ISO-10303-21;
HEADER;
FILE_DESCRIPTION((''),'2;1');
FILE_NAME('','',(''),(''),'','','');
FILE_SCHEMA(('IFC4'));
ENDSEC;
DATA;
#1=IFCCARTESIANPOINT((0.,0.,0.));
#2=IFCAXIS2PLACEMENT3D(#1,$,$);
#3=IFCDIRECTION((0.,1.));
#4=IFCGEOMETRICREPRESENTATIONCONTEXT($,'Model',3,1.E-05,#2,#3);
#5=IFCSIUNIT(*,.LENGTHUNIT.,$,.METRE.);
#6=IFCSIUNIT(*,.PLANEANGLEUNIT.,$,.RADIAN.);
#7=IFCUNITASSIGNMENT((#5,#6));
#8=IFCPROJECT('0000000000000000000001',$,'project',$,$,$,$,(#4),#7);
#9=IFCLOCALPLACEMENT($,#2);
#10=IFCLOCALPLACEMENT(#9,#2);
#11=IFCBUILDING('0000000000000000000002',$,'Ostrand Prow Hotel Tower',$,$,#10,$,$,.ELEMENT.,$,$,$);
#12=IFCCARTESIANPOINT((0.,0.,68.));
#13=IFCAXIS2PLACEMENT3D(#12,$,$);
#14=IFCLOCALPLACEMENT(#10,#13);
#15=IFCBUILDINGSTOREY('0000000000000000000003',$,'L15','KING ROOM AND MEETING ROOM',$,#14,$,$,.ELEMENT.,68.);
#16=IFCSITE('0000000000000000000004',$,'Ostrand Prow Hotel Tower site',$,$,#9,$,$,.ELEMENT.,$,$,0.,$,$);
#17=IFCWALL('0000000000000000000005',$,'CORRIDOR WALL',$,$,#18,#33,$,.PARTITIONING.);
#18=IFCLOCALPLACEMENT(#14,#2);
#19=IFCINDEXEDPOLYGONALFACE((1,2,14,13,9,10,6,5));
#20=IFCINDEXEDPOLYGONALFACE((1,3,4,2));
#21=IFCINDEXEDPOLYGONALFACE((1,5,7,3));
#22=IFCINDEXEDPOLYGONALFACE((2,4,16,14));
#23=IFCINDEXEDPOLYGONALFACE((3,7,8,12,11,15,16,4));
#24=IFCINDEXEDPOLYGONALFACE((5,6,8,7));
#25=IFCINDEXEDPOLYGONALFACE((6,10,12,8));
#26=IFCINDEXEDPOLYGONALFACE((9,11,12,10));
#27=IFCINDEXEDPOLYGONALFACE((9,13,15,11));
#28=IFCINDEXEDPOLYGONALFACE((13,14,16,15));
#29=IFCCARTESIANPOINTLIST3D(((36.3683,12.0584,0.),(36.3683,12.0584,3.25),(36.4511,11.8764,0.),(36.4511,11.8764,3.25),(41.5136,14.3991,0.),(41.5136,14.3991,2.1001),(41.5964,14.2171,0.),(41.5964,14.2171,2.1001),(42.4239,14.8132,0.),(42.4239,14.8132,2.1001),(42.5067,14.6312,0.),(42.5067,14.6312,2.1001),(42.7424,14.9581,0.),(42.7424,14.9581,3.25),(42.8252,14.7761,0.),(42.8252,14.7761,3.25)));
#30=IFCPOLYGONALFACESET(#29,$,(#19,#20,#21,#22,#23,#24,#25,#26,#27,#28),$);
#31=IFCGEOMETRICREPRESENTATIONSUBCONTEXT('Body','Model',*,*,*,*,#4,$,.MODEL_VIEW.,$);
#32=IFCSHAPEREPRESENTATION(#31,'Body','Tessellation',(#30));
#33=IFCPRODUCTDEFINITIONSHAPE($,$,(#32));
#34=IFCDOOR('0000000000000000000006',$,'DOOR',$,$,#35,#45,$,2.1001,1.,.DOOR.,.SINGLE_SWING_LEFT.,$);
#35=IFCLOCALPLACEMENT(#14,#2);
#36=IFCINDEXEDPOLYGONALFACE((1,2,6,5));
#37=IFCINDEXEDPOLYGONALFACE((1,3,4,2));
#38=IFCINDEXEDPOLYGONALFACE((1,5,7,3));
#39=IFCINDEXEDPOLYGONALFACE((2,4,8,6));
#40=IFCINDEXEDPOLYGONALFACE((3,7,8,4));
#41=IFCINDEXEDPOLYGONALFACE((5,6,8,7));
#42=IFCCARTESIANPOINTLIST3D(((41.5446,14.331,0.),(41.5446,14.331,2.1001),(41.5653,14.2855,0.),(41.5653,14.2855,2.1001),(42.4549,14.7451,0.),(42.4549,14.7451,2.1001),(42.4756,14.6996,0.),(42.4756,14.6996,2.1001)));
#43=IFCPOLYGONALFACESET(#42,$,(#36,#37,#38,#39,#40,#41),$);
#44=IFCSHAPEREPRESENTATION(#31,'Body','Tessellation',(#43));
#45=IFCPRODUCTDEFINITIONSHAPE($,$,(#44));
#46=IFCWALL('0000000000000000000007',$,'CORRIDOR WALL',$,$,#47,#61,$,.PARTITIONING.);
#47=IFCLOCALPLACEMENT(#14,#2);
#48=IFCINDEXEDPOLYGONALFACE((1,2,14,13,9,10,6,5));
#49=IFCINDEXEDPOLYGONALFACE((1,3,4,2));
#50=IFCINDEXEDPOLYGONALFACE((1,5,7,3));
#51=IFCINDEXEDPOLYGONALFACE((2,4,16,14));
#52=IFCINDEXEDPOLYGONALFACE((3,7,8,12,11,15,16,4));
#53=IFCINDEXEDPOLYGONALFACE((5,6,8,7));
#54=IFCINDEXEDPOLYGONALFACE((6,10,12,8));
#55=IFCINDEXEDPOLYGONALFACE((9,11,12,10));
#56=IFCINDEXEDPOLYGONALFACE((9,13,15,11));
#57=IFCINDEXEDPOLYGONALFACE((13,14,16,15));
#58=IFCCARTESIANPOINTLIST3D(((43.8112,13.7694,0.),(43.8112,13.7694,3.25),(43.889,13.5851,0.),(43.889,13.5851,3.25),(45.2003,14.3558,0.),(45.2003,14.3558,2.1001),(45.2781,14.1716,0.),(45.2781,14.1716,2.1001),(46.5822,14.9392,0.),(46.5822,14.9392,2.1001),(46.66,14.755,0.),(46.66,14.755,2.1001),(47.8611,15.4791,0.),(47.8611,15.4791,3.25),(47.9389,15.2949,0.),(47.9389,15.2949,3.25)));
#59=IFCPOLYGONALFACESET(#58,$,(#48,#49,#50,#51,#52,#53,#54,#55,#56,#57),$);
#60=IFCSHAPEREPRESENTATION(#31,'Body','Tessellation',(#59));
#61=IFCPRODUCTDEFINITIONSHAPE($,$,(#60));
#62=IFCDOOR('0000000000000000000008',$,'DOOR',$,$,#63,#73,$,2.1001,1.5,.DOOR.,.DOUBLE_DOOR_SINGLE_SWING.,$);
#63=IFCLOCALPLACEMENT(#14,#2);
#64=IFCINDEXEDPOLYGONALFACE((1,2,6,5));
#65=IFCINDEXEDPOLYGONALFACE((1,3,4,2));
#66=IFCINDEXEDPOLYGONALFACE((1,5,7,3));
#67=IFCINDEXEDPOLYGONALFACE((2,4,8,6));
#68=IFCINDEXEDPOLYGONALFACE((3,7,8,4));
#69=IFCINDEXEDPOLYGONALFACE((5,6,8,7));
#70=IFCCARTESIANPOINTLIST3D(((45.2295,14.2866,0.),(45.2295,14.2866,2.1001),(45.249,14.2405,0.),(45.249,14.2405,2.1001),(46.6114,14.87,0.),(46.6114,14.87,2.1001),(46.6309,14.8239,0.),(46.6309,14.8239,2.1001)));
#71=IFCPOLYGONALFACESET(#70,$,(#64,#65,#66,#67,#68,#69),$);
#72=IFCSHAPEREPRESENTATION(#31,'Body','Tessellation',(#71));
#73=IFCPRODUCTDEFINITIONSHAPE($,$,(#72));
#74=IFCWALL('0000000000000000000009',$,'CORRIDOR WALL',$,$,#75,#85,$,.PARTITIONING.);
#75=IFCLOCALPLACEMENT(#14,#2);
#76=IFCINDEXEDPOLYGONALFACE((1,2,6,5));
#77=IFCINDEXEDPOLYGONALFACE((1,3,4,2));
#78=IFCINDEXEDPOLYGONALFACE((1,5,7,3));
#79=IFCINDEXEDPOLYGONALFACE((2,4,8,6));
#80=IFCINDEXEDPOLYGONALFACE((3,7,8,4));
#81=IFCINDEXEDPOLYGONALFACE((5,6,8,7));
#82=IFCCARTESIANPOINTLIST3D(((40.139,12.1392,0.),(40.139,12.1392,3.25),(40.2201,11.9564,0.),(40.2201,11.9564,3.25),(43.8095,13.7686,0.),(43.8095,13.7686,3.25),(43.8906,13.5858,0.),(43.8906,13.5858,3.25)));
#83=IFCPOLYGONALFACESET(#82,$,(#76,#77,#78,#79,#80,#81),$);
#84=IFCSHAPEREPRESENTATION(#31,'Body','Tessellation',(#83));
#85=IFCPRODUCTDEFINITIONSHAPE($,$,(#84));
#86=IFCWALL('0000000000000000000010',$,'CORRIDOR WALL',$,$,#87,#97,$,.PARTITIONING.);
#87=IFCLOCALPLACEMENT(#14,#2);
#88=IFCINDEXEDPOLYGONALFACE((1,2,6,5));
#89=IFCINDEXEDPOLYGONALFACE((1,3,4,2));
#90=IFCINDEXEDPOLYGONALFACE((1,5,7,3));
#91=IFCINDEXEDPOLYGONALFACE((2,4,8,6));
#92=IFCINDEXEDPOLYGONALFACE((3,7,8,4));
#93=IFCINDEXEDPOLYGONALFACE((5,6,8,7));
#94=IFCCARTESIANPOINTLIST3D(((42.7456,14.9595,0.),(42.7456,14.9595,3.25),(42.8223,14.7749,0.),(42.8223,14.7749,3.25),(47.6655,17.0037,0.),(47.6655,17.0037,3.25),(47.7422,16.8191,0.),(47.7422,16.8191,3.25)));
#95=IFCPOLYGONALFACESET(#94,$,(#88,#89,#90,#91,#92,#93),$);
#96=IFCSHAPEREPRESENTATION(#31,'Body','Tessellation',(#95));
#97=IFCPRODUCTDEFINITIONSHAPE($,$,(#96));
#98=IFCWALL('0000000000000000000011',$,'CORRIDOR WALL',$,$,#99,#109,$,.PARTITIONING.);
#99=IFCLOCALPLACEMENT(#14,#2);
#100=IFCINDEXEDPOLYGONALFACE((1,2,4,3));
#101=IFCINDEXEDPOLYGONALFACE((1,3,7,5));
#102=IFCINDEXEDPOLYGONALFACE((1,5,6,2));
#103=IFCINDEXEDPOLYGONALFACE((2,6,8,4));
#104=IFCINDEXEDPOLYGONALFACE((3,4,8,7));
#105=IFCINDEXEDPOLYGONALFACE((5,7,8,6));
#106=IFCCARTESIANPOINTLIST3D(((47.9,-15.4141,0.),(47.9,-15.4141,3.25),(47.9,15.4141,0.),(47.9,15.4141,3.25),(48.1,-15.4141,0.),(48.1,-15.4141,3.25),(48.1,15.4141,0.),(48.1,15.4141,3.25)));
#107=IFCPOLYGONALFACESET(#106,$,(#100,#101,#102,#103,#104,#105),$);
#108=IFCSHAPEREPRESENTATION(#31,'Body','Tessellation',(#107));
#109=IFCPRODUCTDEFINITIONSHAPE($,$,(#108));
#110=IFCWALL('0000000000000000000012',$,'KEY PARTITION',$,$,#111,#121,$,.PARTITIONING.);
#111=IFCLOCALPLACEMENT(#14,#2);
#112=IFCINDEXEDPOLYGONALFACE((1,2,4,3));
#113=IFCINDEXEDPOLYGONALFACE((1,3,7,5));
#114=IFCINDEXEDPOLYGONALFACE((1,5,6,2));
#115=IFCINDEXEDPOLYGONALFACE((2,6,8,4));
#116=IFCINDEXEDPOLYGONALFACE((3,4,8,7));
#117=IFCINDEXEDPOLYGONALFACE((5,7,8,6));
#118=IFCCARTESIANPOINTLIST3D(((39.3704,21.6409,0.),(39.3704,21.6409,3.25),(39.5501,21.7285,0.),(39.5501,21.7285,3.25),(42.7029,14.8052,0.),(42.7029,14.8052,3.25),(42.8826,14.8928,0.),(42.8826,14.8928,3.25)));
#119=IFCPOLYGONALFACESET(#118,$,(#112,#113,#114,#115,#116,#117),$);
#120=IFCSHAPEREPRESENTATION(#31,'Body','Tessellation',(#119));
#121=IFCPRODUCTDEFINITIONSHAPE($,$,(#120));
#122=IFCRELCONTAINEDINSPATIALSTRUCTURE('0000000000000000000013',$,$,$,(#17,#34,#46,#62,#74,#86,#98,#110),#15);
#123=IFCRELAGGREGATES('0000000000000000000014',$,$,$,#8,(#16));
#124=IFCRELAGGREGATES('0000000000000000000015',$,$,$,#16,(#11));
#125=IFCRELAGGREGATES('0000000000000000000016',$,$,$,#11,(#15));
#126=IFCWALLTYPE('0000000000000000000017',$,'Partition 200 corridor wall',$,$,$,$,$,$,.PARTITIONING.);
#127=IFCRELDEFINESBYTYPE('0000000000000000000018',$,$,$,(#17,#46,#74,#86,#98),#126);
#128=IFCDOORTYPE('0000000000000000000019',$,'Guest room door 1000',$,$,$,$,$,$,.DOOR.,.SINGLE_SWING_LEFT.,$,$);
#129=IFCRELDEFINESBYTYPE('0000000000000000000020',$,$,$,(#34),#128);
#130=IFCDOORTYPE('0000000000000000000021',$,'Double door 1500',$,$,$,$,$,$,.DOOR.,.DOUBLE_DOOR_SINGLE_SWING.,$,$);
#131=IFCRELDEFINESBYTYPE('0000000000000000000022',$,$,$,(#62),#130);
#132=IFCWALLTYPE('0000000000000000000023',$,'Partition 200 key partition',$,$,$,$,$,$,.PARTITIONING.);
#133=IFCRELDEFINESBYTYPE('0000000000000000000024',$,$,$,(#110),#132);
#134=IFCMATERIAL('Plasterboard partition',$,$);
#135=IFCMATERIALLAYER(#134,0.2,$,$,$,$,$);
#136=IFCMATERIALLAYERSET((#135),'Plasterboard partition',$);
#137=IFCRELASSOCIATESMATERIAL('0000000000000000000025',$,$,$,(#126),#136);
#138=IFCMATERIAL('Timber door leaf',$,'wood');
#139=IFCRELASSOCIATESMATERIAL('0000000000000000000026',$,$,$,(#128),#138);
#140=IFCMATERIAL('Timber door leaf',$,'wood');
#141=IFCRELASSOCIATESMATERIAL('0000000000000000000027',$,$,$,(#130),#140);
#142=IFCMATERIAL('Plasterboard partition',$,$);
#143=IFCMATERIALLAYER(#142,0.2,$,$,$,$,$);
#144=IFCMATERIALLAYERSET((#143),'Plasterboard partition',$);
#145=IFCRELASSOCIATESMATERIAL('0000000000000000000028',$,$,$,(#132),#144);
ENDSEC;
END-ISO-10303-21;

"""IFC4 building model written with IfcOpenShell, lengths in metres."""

from ifc_helpers import new_model, si_unit, direction, frame, frame_2d, origin, place, context, subcontext, project, spatial, rectangle, extrude, material, layer, layer_set, type_object, element, fill, save


model = new_model("IFC4")

# Units and contexts
model_context = context("Model", 3, precision=1e-05, world=origin(), true_north=direction((0.0, 1.0)))
body_context = subcontext(model_context, "Body", "Model", "MODEL_VIEW")
ifc_project = project(units=[si_unit("LENGTHUNIT", "METRE"), si_unit("PLANEANGLEUNIT", "RADIAN")], contexts=[model_context])

# Site, building, storey
site_placement = place(None, origin())
site = spatial("IfcSite", under=ifc_project, at=site_placement, Name="Ostrand Prow Hotel Tower site", CompositionType="ELEMENT", RefElevation=0.0)
building_placement = place(site_placement, origin())
building = spatial("IfcBuilding", under=site, at=building_placement, Name="Ostrand Prow Hotel Tower", CompositionType="ELEMENT")
storey_placement = place(building_placement, frame((0.0, 0.0, 68.0)))
storey = spatial("IfcBuildingStorey", under=building, at=storey_placement, Name="L15", Description="KING ROOM AND MEETING ROOM", CompositionType="ELEMENT", Elevation=68.0)

# Walls, openings, doors
ifc_material_1 = material(Name="Plasterboard partition")
ifc_layer_1 = layer(ifc_material_1, 0.2)
ifc_layer_set_1 = layer_set([ifc_layer_1], Name="Plasterboard partition")
wall_type_1 = type_object("IfcWallType", Name="Partition 200 corridor wall", PredefinedType="PARTITIONING", material=ifc_layer_set_1)
wall_1_placement = place(storey_placement, frame((42.7839, 14.8672, 0.0), z_axis=(0.0, 0.0, 1.0), x_axis=(-0.910239, -0.414084, 0.0)))
wall_1 = element("IfcWall", 1, at=wall_1_placement, inside=storey, type_object=wall_type_1, Name="CORRIDOR WALL", PredefinedType="PARTITIONING", context=body_context, shape_type="SweptSolid", body=[
    extrude(rectangle(XDim=7.0027, YDim=0.2, at=frame_2d((3.5015, 0.0))), origin(), (0.0, 0.0, 1.0), 3.25),
])
opening_1_placement = place(wall_1_placement, frame((0.3501, 0.0, 0.0)))
opening_1 = element("IfcOpeningElement", 2, at=opening_1_placement, cuts=wall_1, PredefinedType="OPENING", context=body_context, shape_type="SweptSolid", body=[
    extrude(rectangle(XDim=1.0, YDim=2.1001, at=frame_2d((0.5, 1.05))), frame((0.0, 0.1099, 0.0), z_axis=(0.0, -1.0, 0.0), x_axis=(1.0, 0.0, 0.0)), (0.0, 0.0, 1.0), 0.22),
])
ifc_material_2 = material(Name="Timber door leaf", Category="wood")
door_type_1 = type_object("IfcDoorType", Name="Guest room door 1000", OperationType="SINGLE_SWING_LEFT", PredefinedType="DOOR", material=ifc_material_2)
door_1_placement = place(opening_1_placement, origin())
door_1 = element("IfcDoor", 3, at=door_1_placement, inside=storey, type_object=door_type_1, Name="DOOR", OperationType="SINGLE_SWING_LEFT", OverallHeight=2.1001, OverallWidth=1.0, PredefinedType="DOOR", context=body_context, shape_type="SweptSolid", body=[
    extrude(rectangle(XDim=1.0, YDim=2.1001, at=frame_2d((0.5, 1.05))), frame((0.0, 0.0249, 0.0), z_axis=(0.0, -1.0, 0.0), x_axis=(1.0, 0.0, 0.0)), (0.0, 0.0, 1.0), 0.05),
])
fill(opening_1, door_1)
wall_2_placement = place(storey_placement, frame((43.8501, 13.6772, 0.0), z_axis=(0.0, 0.0, 1.0), x_axis=(0.921266, 0.388933, 0.0)))
wall_2 = element("IfcWall", 4, at=wall_2_placement, inside=storey, type_object=wall_type_1, Name="CORRIDOR WALL", PredefinedType="PARTITIONING", context=body_context, shape_type="SweptSolid", body=[
    extrude(rectangle(XDim=4.396, YDim=0.2, at=frame_2d((2.198, 0.0))), origin(), (0.0, 0.0, 1.0), 3.25),
])
opening_2_placement = place(wall_2_placement, frame((1.5078, 0.0, 0.0)))
opening_2 = element("IfcOpeningElement", 5, at=opening_2_placement, cuts=wall_2, PredefinedType="OPENING", context=body_context, shape_type="SweptSolid", body=[
    extrude(rectangle(XDim=1.5, YDim=2.1001, at=frame_2d((0.75, 1.05))), frame((0.0, 0.1099, 0.0), z_axis=(0.0, -1.0, 0.0), x_axis=(1.0, 0.0, 0.0)), (0.0, 0.0, 1.0), 0.22),
])
ifc_material_3 = material(Name="Timber door leaf", Category="wood")
door_type_2 = type_object("IfcDoorType", Name="Double door 1500", OperationType="DOUBLE_DOOR_SINGLE_SWING", PredefinedType="DOOR", material=ifc_material_3)
door_2_placement = place(opening_2_placement, origin())
door_2 = element("IfcDoor", 6, at=door_2_placement, inside=storey, type_object=door_type_2, Name="DOOR", OperationType="DOUBLE_DOOR_SINGLE_SWING", OverallHeight=2.1001, OverallWidth=1.5, PredefinedType="DOOR", context=body_context, shape_type="SweptSolid", body=[
    extrude(rectangle(XDim=1.5, YDim=2.1001, at=frame_2d((0.75, 1.05))), frame((0.0, 0.0249, 0.0), z_axis=(0.0, -1.0, 0.0), x_axis=(1.0, 0.0, 0.0)), (0.0, 0.0, 1.0), 0.05),
])
fill(opening_2, door_2)

# Walls
wall_3_placement = place(storey_placement, frame((40.1797, 12.0479, 0.0), z_axis=(0.0, 0.0, 1.0), x_axis=(0.913987, 0.405744, 0.0)))
element("IfcWall", 7, at=wall_3_placement, inside=storey, type_object=wall_type_1, Name="CORRIDOR WALL", PredefinedType="PARTITIONING", context=body_context, shape_type="SweptSolid", body=[
    extrude(rectangle(XDim=4.0159, YDim=0.2, at=frame_2d((2.0078, 0.0))), origin(), (0.0, 0.0, 1.0), 3.25),
])
wall_4_placement = place(storey_placement, frame((47.7039, 16.9114, 0.0), z_axis=(0.0, 0.0, 1.0), x_axis=(-0.923461, -0.383691, 0.0)))
element("IfcWall", 8, at=wall_4_placement, inside=storey, type_object=wall_type_1, Name="CORRIDOR WALL", PredefinedType="PARTITIONING", context=body_context, shape_type="SweptSolid", body=[
    extrude(rectangle(XDim=5.3276, YDim=0.2, at=frame_2d((2.6638, 0.0))), origin(), (0.0, 0.0, 1.0), 3.25),
])
wall_5_placement = place(storey_placement, frame((48.0, 15.4141, 0.0), z_axis=(0.0, 0.0, 1.0), x_axis=(0.0, -1.0, 0.0)))
element("IfcWall", 9, at=wall_5_placement, inside=storey, type_object=wall_type_1, Name="CORRIDOR WALL", PredefinedType="PARTITIONING", context=body_context, shape_type="SweptSolid", body=[
    extrude(rectangle(XDim=30.8281, YDim=0.2, at=frame_2d((15.4141, 0.0))), origin(), (0.0, 0.0, 1.0), 3.25),
])
ifc_material_4 = material(Name="Plasterboard partition")
ifc_layer_2 = layer(ifc_material_4, 0.2)
ifc_layer_set_2 = layer_set([ifc_layer_2], Name="Plasterboard partition")
wall_type_2 = type_object("IfcWallType", Name="Partition 200 key partition", PredefinedType="PARTITIONING", material=ifc_layer_set_2)
wall_6_placement = place(storey_placement, frame((42.7927, 14.8491, 0.0), z_axis=(0.0, 0.0, 1.0), x_axis=(-0.438215, 0.89887, 0.0)))
element("IfcWall", 10, at=wall_6_placement, inside=storey, type_object=wall_type_2, Name="KEY PARTITION", PredefinedType="PARTITIONING", context=body_context, shape_type="SweptSolid", body=[
    extrude(rectangle(XDim=7.6047, YDim=0.2, at=frame_2d((3.8022, 0.0))), origin(), (0.0, 0.0, 1.0), 3.25),
])

save(model, "model.ifc")
